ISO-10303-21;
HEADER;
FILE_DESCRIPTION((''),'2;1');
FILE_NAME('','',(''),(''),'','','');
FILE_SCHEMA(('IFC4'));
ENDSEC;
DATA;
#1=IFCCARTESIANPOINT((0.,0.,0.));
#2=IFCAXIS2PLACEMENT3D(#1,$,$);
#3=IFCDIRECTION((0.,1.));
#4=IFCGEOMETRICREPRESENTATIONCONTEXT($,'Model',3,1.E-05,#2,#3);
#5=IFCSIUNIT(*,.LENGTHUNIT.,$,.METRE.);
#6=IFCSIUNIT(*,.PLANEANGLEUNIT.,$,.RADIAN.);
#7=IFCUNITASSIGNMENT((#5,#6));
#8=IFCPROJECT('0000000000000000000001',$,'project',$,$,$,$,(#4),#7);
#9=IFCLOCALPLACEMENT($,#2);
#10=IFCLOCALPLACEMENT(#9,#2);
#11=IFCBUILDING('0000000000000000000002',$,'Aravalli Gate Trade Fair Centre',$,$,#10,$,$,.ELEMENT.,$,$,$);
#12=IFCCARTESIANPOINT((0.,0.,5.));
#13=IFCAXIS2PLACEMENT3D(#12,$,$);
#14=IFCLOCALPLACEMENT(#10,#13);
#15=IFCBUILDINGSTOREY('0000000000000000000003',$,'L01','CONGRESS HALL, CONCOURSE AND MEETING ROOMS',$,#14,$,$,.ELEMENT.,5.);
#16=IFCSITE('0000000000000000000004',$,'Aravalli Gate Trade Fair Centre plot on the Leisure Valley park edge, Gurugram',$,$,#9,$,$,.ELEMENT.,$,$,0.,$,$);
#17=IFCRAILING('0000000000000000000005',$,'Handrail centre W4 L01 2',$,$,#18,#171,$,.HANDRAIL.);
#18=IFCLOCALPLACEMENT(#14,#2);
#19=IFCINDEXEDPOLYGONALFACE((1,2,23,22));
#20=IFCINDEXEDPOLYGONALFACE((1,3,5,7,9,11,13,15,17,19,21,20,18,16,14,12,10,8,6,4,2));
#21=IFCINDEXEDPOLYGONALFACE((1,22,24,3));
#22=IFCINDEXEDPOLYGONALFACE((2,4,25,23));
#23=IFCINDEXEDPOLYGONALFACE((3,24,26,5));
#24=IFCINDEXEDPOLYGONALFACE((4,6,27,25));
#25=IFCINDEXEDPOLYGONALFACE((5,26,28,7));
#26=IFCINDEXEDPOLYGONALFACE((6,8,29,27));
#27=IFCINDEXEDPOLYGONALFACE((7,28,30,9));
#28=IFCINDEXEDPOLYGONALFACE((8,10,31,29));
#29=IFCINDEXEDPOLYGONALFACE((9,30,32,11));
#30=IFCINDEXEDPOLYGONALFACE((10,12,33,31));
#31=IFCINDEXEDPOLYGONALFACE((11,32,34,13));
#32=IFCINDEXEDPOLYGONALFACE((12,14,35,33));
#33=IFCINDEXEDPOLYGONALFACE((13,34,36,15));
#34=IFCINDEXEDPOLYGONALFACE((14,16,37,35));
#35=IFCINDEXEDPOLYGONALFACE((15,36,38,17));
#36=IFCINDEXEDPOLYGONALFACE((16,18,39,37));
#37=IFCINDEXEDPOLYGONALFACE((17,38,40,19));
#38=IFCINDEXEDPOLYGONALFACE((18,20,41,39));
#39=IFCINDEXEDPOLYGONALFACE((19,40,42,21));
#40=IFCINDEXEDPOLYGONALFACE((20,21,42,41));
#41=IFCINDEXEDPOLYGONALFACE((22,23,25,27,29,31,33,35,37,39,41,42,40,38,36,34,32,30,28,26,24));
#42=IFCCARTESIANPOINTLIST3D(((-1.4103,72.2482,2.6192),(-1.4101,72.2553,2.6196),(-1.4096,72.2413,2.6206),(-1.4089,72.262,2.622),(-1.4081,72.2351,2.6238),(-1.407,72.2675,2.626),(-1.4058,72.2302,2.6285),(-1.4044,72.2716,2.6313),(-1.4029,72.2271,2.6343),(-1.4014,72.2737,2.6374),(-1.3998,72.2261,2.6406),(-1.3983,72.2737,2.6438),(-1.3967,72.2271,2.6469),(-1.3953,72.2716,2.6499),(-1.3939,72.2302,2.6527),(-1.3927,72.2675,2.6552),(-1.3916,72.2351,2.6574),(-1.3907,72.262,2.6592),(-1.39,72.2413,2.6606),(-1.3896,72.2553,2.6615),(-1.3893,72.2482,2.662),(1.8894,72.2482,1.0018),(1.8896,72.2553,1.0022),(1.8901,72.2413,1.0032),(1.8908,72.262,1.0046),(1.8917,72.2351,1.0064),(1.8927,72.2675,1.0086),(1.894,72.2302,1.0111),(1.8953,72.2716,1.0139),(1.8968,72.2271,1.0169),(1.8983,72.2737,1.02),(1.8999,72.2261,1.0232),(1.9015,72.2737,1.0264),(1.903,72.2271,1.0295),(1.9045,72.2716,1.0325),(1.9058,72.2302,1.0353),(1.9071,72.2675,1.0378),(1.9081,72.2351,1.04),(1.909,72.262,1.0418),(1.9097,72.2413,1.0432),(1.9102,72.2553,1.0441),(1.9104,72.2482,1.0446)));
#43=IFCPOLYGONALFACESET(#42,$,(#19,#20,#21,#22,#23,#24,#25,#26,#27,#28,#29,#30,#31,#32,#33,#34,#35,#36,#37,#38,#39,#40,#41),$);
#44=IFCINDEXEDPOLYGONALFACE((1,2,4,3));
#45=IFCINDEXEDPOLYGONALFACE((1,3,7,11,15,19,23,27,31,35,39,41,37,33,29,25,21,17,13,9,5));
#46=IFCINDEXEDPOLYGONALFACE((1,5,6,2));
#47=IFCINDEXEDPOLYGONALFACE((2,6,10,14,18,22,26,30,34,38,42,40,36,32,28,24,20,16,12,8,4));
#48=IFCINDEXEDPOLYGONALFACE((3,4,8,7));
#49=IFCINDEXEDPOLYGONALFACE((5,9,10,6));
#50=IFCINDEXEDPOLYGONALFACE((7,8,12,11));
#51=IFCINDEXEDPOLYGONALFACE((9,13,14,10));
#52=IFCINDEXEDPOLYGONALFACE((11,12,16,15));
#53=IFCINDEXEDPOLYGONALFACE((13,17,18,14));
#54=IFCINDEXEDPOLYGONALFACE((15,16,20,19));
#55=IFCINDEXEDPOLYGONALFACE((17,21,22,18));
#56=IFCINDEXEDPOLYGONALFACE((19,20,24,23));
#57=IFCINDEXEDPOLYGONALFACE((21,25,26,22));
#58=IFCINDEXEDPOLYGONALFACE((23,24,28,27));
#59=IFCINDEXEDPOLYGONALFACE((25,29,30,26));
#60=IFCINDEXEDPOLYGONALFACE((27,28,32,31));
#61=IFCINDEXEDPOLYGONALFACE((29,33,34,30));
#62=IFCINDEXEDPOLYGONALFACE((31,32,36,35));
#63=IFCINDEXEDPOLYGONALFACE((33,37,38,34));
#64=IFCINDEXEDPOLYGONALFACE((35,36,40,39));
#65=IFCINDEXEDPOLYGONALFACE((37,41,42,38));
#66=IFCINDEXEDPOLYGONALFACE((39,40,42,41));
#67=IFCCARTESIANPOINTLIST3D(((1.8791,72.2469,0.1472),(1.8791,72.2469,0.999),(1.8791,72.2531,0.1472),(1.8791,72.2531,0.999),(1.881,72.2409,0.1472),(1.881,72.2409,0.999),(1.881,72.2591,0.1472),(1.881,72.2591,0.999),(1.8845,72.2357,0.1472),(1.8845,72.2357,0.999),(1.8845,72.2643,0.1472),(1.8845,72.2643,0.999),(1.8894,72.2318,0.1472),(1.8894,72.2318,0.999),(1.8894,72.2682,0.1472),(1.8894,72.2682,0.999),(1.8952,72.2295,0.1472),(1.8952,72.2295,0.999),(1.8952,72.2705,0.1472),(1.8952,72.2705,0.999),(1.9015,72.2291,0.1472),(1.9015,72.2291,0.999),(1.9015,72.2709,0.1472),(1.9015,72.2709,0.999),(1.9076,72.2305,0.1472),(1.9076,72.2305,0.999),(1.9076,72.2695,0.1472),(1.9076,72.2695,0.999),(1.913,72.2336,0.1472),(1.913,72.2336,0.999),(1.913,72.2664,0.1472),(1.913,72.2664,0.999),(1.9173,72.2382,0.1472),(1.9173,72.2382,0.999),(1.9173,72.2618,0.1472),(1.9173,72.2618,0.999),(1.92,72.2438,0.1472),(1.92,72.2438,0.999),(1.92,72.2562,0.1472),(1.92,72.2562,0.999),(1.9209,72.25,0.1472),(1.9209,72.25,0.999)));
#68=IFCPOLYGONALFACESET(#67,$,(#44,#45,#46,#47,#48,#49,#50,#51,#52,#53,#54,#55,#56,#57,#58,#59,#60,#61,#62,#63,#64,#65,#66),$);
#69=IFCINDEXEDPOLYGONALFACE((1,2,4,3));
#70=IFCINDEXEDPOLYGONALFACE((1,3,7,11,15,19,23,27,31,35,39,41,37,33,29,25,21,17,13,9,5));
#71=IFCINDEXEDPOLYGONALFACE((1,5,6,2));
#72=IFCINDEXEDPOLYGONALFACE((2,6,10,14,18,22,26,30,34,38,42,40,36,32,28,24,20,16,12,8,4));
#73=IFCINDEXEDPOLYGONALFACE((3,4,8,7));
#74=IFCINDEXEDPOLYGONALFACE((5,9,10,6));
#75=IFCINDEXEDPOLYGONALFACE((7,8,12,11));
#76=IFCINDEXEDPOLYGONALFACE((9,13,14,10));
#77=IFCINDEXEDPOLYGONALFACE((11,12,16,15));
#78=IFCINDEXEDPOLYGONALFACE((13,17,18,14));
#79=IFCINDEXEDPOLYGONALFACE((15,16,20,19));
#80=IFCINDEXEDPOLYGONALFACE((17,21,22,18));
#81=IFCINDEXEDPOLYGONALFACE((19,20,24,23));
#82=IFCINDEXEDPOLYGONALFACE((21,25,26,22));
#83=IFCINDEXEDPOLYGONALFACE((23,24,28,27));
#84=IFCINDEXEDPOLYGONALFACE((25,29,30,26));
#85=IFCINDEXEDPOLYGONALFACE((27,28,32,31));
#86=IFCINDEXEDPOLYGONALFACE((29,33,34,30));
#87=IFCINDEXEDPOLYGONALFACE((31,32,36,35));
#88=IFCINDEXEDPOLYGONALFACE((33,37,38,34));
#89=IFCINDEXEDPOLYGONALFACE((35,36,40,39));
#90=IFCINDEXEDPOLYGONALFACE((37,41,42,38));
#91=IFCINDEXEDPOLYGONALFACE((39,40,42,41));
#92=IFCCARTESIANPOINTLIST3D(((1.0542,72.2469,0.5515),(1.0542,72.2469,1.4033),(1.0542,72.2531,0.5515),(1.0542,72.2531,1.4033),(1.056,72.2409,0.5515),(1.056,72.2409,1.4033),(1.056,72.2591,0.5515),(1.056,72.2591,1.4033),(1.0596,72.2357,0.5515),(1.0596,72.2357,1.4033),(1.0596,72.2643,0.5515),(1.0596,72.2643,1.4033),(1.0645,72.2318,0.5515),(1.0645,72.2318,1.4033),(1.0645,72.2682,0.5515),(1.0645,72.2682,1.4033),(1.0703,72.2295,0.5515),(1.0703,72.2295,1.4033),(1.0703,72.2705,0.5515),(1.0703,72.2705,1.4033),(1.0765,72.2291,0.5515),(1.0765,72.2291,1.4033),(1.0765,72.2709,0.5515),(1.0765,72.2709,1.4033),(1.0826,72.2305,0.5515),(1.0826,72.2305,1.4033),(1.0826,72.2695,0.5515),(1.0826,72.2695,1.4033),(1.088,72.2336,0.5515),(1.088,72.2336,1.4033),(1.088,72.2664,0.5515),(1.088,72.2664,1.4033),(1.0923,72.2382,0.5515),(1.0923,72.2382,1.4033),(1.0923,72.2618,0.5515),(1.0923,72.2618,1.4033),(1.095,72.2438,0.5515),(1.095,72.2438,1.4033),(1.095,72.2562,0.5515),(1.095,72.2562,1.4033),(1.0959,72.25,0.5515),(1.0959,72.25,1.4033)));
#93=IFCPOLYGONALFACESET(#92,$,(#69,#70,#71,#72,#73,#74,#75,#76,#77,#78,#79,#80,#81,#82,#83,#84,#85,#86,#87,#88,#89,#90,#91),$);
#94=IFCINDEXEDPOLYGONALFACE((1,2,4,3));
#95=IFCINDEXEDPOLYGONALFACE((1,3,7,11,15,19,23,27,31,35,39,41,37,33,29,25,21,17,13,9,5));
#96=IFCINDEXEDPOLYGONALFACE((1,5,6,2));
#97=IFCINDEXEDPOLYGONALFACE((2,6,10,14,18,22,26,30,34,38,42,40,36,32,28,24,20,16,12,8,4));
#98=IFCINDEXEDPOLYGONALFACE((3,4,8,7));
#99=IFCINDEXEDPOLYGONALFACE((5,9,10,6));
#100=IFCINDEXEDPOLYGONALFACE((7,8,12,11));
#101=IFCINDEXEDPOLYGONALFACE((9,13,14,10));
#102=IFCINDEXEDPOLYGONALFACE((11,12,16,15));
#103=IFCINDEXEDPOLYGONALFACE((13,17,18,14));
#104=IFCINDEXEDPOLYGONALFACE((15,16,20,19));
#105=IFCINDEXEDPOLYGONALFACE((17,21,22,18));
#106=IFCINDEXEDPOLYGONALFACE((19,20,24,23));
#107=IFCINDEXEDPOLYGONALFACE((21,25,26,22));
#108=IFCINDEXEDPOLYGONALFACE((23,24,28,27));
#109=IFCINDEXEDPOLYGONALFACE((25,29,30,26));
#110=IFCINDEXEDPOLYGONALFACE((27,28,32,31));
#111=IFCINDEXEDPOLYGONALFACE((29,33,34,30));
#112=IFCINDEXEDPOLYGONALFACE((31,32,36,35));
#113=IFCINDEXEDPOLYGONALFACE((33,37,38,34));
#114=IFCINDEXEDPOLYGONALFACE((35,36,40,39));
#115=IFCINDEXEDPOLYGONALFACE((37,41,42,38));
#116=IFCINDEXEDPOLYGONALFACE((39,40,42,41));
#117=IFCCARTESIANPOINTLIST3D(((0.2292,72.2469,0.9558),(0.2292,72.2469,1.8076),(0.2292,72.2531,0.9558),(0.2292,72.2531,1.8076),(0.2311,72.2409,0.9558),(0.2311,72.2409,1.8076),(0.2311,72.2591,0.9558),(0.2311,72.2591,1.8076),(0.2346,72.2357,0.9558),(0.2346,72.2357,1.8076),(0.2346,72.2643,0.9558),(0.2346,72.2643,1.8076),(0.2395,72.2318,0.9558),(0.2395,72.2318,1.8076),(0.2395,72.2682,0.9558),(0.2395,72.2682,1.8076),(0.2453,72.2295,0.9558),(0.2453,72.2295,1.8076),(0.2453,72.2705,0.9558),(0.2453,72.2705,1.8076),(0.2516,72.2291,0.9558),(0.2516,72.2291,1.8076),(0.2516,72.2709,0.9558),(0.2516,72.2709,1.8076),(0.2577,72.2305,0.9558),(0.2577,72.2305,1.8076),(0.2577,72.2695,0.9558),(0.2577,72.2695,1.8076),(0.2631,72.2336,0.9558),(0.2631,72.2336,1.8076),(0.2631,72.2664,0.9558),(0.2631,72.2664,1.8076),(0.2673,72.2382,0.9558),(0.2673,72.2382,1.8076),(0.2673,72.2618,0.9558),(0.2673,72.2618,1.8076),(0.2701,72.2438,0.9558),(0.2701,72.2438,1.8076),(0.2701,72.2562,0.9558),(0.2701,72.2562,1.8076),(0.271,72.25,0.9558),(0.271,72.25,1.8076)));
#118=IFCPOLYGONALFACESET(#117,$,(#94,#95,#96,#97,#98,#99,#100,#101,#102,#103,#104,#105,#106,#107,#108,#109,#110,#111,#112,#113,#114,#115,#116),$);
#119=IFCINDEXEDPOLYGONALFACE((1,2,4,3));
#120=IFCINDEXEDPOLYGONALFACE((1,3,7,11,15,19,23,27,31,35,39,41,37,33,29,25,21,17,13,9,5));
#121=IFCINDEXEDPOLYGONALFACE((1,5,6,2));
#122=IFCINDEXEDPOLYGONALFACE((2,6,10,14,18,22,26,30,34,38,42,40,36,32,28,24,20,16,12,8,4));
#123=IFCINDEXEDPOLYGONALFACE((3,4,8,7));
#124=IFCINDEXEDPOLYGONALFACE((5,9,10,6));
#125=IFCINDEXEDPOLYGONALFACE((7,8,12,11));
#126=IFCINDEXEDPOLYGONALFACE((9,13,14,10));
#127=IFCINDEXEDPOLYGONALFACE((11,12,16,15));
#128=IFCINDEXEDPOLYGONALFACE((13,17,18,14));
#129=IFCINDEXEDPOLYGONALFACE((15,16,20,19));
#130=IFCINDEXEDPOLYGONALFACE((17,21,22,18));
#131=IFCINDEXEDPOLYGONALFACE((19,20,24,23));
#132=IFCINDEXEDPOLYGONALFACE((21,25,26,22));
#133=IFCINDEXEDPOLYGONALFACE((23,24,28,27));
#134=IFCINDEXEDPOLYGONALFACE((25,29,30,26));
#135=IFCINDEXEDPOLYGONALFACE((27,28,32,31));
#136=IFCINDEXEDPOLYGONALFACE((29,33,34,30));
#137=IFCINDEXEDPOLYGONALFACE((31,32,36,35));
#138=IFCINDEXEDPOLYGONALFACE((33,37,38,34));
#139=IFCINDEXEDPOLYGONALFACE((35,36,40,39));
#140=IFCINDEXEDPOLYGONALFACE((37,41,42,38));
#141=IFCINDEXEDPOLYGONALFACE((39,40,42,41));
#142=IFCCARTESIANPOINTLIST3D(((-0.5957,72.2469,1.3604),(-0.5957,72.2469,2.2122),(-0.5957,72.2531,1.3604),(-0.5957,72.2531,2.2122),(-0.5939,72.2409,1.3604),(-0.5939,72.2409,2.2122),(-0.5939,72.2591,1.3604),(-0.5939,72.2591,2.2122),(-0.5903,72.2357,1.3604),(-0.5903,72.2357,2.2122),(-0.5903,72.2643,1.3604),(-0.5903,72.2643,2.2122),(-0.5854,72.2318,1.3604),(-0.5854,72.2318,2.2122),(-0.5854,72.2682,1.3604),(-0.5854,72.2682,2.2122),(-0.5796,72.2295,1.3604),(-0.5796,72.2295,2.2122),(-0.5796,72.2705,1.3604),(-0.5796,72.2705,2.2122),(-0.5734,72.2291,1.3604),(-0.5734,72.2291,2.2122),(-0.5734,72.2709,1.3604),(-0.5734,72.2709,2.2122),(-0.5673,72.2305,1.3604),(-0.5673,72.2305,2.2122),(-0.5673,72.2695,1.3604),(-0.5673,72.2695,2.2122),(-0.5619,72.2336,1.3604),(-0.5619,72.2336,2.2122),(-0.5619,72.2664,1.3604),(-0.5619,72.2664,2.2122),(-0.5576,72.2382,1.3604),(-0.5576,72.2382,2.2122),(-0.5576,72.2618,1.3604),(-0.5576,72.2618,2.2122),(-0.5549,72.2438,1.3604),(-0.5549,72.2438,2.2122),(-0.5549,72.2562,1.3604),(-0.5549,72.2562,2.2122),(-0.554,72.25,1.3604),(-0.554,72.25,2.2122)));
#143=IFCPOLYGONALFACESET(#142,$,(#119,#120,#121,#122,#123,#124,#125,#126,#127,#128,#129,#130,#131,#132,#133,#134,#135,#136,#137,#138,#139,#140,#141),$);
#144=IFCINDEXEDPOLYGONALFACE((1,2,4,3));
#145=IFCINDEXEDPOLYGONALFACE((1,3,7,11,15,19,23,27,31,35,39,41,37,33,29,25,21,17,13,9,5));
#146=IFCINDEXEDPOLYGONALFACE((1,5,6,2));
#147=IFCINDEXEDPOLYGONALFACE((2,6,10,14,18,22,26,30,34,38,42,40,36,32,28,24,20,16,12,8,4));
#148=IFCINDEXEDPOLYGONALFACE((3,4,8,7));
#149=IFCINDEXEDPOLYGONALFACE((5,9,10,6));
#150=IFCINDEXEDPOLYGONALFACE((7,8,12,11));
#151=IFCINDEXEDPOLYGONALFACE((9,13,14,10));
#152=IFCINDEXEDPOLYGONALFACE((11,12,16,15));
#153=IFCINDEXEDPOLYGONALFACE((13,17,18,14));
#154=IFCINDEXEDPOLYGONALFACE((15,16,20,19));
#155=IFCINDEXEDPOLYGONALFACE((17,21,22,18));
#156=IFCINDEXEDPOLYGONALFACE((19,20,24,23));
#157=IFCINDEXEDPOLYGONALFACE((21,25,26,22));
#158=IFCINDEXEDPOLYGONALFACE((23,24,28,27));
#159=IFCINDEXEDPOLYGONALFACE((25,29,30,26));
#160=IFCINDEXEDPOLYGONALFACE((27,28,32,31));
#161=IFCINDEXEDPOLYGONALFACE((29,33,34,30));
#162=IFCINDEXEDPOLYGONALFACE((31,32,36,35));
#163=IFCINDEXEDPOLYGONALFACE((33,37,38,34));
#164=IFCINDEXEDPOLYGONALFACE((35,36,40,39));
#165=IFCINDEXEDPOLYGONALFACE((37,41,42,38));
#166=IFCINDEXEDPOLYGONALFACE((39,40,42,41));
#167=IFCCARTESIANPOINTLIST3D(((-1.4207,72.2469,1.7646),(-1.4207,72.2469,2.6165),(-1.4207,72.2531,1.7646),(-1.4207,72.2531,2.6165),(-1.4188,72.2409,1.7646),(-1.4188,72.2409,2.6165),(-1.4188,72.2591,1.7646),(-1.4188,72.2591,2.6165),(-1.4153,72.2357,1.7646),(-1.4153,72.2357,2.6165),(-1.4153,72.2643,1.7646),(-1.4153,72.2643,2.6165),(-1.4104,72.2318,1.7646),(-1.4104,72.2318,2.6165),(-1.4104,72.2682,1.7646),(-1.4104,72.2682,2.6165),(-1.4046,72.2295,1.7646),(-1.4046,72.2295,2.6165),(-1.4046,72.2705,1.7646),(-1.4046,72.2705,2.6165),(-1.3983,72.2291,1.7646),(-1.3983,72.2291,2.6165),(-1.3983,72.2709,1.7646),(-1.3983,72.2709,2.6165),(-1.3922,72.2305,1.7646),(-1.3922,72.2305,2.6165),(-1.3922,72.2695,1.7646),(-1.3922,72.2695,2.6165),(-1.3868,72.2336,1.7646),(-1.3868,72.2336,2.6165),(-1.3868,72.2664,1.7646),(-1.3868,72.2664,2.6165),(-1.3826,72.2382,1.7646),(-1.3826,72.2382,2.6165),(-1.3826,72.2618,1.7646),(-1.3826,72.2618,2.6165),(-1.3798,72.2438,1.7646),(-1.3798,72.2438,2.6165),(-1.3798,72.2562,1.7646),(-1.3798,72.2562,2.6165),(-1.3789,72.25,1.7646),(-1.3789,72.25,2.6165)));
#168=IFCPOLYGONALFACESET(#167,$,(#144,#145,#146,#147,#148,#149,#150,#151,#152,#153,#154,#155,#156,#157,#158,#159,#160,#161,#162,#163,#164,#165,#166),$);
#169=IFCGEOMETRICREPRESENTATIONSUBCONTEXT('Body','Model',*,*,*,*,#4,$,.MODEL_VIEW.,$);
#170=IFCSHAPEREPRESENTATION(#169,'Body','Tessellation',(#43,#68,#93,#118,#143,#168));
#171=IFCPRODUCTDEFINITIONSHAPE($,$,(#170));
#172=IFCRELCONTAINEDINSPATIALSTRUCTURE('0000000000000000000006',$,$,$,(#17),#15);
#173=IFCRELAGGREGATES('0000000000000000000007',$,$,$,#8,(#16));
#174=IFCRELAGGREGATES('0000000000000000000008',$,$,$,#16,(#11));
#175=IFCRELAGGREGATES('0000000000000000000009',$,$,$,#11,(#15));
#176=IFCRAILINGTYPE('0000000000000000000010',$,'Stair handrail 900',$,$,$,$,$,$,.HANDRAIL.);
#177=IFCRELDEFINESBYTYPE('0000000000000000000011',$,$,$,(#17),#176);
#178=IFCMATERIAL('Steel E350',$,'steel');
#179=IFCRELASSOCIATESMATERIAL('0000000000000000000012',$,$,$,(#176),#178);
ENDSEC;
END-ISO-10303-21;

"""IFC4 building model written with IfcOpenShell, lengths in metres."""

from ifc_helpers import new_model, si_unit, direction, frame, origin, origin_2d, place, context, subcontext, project, spatial, circle, extrude, material, type_object, element, save


model = new_model("IFC4")

# Units and contexts
model_context = context("Model", 3, precision=1e-05, world=origin(), true_north=direction((0.0, 1.0)))
body_context = subcontext(model_context, "Body", "Model", "MODEL_VIEW")
ifc_project = project(units=[si_unit("LENGTHUNIT", "METRE"), si_unit("PLANEANGLEUNIT", "RADIAN")], contexts=[model_context])

# Site, building, storey
site_placement = place(None, origin())
site = spatial("IfcSite", under=ifc_project, at=site_placement, Name="Aravalli Gate Trade Fair Centre plot on the Leisure Valley park edge, Gurugram", CompositionType="ELEMENT", RefElevation=0.0)
building_placement = place(site_placement, origin())
building = spatial("IfcBuilding", under=site, at=building_placement, Name="Aravalli Gate Trade Fair Centre", CompositionType="ELEMENT")
storey_placement = place(building_placement, frame((0.0, 0.0, 5.0)))
storey = spatial("IfcBuildingStorey", under=building, at=storey_placement, Name="L01", Description="CONGRESS HALL, CONCOURSE AND MEETING ROOMS", CompositionType="ELEMENT", Elevation=5.0)

# Railing
ifc_material_1 = material(Name="Steel E350", Category="steel")
railing_type = type_object("IfcRailingType", Name="Stair handrail 900", PredefinedType="HANDRAIL", material=ifc_material_1)
for number, where, name in (
    (1, (1.8999, 72.25, 0.1472), "Handrail centre W4 L01 2"),
):
    element("IfcRailing", number, at=place(storey_placement, frame(where)), inside=storey, type_object=railing_type, Name=name, PredefinedType="HANDRAIL", context=body_context, shape_type="SweptSolid", body=[
        extrude(circle(Radius=0.0239, at=origin_2d()), frame((0.0, 0.0, 0.876), z_axis=(-0.897934, 0.0, 0.440131), x_axis=(0.0, -1.0, 0.0)), (0.0, 0.0, 1.0), 3.6748),
        extrude(circle(Radius=0.021, at=origin_2d()), origin(), (0.0, 0.0, 1.0), 0.8518),
        extrude(circle(Radius=0.021, at=origin_2d()), frame((-0.825, 0.0, 0.4043)), (0.0, 0.0, 1.0), 0.8518),
        extrude(circle(Radius=0.021, at=origin_2d()), frame((-1.6499, 0.0, 0.8086)), (0.0, 0.0, 1.0), 0.8518),
        extrude(circle(Radius=0.021, at=origin_2d()), frame((-2.4749, 0.0, 1.2131)), (0.0, 0.0, 1.0), 0.8518),
        extrude(circle(Radius=0.021, at=origin_2d()), frame((-3.2998, 0.0, 1.6174)), (0.0, 0.0, 1.0), 0.8518),
    ])

save(model, "model.ifc")
